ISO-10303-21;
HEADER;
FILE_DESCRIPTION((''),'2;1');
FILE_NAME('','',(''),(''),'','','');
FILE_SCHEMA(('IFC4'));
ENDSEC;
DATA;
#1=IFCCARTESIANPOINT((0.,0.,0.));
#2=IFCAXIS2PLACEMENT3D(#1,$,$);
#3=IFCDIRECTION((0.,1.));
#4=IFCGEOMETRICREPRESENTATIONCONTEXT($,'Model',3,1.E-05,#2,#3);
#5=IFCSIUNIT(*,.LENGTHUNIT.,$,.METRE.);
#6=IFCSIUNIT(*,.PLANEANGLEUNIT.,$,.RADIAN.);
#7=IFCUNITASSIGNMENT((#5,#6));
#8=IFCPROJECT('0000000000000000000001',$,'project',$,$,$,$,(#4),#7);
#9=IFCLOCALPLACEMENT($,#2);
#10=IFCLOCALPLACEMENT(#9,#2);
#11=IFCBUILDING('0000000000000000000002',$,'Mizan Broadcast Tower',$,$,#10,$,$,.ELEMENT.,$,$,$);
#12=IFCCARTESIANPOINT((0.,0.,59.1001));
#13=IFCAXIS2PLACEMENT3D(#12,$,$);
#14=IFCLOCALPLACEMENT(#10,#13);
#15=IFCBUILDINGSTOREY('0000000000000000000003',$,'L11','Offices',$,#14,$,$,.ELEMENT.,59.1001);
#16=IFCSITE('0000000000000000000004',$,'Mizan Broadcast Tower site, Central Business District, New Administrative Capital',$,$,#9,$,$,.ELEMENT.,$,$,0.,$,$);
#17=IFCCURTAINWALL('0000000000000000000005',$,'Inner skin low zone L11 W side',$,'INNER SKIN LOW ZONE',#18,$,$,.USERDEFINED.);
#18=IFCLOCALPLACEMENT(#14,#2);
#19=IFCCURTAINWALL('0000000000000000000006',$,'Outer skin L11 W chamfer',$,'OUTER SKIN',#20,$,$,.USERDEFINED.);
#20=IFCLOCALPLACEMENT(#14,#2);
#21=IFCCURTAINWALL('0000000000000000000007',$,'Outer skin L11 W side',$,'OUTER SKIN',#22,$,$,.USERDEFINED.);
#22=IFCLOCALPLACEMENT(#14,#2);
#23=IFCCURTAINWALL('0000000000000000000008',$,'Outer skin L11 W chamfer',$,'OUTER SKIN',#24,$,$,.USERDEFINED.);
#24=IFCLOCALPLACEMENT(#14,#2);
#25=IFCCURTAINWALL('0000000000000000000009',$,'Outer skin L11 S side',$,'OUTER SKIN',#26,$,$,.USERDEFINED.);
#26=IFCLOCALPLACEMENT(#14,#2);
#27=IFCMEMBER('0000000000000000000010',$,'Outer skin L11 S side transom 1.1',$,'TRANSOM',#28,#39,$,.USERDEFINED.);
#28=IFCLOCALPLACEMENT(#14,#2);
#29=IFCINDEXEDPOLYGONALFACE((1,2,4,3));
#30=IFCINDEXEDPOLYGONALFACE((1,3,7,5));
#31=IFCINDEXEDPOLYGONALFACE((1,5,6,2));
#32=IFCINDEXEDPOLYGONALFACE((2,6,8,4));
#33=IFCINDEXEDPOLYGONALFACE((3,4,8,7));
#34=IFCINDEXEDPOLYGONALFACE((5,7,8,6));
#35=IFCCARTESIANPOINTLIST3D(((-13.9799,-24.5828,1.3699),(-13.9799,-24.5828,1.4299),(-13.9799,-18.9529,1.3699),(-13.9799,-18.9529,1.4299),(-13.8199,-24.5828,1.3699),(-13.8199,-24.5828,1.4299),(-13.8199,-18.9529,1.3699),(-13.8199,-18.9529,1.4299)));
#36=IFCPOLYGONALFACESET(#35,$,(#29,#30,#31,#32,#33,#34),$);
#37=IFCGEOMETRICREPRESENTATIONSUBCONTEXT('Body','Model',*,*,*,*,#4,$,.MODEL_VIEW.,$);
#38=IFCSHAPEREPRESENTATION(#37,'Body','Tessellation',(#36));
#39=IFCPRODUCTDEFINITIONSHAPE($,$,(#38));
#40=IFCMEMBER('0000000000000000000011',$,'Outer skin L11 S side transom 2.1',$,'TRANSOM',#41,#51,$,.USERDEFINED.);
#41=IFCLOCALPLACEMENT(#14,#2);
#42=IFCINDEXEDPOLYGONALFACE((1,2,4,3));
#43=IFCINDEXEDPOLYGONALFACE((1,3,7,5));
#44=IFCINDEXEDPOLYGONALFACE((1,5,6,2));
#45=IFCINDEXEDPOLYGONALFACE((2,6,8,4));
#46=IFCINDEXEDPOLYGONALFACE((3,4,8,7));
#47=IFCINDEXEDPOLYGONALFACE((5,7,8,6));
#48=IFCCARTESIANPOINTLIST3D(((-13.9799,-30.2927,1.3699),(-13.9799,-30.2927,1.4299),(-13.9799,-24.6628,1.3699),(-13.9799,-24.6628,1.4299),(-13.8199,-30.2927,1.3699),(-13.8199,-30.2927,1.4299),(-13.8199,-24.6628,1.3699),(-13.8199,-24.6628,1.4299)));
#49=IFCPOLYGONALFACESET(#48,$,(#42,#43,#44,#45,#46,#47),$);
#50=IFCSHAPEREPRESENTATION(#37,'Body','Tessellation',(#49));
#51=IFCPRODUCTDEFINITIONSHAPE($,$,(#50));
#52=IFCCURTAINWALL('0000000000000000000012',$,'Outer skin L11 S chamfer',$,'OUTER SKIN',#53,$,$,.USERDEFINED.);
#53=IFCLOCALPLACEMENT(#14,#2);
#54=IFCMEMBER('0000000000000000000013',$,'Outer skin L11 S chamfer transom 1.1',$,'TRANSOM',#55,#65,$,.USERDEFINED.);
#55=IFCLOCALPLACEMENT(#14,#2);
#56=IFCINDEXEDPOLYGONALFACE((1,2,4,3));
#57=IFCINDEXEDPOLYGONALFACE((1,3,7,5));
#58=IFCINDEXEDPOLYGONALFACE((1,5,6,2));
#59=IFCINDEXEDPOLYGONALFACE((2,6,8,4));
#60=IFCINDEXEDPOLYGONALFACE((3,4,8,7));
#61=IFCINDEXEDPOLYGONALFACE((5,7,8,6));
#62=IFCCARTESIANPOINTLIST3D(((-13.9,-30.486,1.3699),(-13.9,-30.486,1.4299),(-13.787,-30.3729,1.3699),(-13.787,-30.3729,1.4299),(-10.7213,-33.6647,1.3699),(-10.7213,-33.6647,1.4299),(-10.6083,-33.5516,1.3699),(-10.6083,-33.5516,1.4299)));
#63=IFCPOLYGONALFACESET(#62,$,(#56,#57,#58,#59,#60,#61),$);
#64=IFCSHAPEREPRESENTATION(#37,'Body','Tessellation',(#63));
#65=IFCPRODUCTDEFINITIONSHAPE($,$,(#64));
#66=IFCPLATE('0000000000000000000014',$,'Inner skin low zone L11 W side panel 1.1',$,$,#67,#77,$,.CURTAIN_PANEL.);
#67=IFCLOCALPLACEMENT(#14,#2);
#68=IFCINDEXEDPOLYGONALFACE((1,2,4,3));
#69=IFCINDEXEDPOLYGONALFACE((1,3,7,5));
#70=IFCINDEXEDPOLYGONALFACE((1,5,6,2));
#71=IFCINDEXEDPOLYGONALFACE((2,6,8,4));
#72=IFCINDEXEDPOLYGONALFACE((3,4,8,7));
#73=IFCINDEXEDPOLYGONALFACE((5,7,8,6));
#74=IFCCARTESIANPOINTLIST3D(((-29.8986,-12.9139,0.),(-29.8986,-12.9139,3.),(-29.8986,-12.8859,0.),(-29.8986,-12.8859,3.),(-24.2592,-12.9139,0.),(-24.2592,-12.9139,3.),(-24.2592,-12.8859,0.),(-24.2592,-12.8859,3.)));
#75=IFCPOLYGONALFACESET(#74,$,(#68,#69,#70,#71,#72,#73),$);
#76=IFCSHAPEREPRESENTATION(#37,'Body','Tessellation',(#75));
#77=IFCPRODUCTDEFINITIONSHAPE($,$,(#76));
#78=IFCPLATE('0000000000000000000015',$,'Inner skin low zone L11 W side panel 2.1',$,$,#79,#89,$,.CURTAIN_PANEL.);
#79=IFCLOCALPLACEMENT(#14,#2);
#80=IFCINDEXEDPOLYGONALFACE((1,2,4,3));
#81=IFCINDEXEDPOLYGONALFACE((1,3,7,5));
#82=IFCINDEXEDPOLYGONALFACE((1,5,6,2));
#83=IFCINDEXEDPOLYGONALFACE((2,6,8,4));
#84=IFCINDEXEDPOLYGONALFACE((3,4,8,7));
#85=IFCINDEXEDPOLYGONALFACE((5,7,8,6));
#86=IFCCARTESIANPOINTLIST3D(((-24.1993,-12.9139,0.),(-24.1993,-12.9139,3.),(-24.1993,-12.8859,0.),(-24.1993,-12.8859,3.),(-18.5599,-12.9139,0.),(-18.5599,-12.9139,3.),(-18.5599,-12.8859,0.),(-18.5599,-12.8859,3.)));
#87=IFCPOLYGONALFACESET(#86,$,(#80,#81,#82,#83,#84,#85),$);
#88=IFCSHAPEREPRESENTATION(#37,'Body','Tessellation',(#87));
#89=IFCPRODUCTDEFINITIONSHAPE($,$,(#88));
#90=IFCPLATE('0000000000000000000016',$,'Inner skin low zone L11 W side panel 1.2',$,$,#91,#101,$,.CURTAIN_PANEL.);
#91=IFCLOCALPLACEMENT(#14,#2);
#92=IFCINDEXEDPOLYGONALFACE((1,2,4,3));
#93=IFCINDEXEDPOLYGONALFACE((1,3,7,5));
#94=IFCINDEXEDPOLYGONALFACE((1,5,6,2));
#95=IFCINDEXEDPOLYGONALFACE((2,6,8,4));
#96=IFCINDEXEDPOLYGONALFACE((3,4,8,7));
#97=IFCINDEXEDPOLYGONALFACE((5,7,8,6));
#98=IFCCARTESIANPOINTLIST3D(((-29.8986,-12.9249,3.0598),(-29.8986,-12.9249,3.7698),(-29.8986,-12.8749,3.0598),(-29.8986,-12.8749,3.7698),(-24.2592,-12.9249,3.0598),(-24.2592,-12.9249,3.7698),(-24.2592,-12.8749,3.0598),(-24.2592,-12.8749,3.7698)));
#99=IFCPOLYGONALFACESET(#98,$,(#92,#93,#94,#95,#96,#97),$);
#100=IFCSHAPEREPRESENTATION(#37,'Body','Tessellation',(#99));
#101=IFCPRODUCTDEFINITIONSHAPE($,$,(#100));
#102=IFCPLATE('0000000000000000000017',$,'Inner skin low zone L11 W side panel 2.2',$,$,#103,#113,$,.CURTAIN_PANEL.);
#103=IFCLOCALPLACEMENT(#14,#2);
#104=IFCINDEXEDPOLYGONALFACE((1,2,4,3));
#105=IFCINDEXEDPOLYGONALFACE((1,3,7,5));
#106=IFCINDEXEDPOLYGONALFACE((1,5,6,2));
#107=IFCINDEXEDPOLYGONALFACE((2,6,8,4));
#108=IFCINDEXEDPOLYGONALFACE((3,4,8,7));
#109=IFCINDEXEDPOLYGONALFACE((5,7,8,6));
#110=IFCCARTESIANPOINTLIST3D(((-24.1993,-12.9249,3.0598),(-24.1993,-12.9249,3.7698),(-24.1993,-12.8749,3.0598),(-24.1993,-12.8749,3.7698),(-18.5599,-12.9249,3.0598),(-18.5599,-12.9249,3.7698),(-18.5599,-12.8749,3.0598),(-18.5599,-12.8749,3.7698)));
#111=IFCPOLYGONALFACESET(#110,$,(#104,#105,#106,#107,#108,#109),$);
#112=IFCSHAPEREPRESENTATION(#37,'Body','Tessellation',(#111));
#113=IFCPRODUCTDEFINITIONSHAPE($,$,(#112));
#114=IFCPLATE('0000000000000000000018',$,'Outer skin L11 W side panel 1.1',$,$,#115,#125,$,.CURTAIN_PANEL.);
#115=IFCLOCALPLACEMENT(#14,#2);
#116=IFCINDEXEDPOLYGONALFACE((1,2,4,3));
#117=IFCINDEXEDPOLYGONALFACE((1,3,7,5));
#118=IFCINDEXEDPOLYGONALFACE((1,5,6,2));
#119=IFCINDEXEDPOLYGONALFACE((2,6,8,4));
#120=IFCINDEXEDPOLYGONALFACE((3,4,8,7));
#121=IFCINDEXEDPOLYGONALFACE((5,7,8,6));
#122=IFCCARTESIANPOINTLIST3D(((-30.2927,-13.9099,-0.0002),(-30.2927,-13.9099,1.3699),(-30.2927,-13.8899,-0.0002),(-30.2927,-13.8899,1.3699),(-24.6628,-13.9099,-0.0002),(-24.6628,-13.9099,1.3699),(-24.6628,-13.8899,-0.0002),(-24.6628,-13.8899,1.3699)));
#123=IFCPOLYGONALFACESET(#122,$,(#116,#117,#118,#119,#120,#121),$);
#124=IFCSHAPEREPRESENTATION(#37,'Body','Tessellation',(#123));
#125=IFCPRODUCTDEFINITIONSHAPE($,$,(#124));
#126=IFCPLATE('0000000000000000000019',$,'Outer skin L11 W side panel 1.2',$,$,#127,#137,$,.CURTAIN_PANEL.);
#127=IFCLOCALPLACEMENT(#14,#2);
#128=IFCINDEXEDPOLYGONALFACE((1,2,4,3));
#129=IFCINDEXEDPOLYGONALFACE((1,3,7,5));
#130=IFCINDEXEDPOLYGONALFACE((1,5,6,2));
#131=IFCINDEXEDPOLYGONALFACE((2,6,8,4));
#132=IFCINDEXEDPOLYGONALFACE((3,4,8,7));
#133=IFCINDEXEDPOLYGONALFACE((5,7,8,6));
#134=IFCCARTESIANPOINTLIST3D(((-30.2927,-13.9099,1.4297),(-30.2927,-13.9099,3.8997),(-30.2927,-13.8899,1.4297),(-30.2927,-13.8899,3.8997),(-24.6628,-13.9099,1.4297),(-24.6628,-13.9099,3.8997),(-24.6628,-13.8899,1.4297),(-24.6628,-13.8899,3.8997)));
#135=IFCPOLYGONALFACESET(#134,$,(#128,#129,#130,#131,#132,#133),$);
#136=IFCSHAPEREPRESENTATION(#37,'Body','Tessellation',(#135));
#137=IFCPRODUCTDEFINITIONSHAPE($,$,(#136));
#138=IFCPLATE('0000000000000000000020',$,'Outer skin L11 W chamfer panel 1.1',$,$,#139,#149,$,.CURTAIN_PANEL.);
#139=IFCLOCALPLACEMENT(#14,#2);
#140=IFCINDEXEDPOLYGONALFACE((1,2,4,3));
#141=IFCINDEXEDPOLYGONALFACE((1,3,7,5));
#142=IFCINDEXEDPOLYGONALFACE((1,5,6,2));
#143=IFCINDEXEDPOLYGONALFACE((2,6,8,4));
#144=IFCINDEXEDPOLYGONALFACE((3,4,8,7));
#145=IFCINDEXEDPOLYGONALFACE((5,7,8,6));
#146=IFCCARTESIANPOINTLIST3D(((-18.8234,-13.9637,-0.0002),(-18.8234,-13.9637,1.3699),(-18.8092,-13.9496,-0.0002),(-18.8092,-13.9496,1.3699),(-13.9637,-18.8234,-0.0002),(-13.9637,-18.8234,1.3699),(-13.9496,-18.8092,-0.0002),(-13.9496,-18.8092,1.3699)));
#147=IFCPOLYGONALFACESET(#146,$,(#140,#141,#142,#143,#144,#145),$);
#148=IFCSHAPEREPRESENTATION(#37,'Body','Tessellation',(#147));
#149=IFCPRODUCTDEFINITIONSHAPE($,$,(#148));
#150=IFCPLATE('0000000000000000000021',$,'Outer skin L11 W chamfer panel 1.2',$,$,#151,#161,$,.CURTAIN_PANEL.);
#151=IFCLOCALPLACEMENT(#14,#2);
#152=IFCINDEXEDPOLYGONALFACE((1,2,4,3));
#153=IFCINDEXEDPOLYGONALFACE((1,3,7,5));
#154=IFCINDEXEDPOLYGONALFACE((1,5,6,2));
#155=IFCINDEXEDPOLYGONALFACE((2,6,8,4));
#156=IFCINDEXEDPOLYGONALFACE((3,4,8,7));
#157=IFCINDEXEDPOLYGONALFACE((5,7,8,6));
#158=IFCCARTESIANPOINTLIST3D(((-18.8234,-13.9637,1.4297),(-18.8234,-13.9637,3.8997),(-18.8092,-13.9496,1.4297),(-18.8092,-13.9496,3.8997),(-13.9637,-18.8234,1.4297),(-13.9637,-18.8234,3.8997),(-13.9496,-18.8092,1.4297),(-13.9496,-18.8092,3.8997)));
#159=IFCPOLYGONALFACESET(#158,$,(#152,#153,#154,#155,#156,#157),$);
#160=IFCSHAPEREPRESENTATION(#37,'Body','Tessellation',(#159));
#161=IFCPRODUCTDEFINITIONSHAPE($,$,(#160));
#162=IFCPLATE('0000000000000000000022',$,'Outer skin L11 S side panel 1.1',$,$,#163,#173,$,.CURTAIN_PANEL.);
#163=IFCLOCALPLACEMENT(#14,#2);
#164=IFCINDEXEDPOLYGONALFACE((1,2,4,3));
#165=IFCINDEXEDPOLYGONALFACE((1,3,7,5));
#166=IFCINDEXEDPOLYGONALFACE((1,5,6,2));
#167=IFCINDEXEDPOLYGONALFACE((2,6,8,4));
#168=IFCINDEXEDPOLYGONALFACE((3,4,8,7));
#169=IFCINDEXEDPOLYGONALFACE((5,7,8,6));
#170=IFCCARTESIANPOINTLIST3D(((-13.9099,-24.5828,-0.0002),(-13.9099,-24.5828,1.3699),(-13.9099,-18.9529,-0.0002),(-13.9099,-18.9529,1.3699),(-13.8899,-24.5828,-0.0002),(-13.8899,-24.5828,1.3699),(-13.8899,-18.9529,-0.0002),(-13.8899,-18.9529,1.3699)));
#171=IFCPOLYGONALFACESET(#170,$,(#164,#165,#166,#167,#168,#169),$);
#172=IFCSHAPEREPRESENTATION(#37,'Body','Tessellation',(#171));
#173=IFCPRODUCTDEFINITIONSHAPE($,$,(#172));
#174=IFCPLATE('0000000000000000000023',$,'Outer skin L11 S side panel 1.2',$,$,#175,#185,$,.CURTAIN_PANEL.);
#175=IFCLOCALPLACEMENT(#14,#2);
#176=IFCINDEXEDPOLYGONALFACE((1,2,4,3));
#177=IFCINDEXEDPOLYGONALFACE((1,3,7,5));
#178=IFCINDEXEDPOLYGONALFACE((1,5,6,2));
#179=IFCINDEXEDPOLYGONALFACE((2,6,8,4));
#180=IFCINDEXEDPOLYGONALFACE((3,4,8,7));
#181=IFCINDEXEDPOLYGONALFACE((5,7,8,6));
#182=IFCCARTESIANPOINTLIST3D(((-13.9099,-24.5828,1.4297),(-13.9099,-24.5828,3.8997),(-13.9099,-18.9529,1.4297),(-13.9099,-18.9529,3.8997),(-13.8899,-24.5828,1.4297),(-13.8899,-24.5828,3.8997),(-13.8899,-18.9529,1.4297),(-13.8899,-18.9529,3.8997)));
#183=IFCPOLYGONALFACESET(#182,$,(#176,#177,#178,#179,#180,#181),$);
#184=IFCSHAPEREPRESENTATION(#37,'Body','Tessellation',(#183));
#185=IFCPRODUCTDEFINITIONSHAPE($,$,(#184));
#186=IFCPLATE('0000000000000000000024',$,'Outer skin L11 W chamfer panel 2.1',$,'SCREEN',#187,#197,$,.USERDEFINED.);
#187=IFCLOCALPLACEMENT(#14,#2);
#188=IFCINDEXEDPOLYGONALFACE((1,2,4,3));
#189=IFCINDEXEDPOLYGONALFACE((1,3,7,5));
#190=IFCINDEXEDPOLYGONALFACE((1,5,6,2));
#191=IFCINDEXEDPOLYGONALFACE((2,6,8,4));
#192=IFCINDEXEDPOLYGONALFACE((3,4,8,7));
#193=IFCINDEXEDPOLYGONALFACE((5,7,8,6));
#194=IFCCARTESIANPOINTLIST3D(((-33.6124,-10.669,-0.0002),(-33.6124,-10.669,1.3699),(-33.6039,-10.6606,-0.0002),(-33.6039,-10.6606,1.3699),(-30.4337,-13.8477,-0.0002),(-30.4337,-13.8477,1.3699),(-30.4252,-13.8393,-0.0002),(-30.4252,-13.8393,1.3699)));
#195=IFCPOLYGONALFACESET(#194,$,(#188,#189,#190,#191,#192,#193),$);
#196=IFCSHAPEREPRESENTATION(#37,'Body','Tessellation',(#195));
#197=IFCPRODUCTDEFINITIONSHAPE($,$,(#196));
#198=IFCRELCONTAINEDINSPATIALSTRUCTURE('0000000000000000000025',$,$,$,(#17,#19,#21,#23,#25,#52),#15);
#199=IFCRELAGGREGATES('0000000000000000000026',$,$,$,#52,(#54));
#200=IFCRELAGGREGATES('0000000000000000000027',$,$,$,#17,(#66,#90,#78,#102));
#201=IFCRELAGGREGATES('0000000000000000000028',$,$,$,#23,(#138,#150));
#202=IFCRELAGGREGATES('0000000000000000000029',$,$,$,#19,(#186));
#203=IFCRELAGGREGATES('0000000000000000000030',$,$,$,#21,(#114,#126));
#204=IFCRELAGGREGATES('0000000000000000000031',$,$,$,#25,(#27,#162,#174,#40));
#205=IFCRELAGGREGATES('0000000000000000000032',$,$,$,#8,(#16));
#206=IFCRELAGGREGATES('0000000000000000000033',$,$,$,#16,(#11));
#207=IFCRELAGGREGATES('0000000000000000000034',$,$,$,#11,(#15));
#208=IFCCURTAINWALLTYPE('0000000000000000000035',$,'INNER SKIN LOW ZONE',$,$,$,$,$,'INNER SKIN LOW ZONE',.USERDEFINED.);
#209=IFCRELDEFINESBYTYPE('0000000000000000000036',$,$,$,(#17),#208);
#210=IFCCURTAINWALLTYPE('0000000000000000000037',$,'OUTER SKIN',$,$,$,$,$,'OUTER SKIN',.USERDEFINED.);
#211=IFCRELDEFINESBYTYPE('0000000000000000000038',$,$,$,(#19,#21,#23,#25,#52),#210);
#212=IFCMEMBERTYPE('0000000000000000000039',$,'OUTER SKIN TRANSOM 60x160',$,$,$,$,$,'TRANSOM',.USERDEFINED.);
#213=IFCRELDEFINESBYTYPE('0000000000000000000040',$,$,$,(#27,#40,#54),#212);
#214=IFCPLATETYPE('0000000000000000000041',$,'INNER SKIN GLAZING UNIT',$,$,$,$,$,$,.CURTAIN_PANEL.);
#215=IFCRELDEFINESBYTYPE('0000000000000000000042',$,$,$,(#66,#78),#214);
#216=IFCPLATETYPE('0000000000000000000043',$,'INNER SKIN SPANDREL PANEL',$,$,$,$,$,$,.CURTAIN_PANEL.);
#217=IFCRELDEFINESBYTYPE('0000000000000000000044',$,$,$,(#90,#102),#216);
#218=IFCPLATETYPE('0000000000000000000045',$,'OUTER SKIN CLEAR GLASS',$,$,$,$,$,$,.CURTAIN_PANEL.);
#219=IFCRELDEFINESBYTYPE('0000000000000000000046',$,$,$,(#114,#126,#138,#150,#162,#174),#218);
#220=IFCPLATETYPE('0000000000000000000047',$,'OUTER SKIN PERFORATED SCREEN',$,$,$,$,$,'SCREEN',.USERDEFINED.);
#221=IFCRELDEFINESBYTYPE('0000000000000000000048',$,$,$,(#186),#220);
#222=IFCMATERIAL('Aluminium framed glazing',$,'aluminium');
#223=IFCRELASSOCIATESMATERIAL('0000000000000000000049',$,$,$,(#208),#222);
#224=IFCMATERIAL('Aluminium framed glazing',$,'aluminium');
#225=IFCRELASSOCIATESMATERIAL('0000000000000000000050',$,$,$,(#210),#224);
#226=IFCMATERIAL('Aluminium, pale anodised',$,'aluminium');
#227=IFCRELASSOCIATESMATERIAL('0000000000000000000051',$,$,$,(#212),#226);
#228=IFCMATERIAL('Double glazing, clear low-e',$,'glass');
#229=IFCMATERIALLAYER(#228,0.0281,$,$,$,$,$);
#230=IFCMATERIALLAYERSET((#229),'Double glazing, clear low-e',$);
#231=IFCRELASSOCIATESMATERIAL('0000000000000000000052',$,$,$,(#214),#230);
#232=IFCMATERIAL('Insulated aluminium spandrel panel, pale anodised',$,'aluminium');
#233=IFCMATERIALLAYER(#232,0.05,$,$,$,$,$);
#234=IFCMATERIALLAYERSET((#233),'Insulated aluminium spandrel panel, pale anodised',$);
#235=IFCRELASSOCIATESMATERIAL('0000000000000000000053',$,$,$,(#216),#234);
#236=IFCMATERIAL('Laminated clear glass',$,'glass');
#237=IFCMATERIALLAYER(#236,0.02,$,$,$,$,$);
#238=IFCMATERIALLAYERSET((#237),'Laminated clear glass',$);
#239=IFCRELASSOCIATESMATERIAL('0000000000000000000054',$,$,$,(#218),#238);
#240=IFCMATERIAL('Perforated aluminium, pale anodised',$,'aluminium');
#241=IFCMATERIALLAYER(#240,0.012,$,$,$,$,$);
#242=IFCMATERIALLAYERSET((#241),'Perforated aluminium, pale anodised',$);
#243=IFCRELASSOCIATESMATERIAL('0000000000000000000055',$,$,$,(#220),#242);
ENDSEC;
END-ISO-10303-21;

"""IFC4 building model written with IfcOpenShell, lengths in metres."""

from ifc_helpers import new_model, si_unit, direction, frame, origin, origin_2d, place, context, subcontext, project, spatial, rectangle, extrude, material, layer, layer_set, material_profile, profile_set, type_object, element, aggregate, save


model = new_model("IFC4")

# Units and contexts
model_context = context("Model", 3, precision=1e-05, world=origin(), true_north=direction((0.0, 1.0)))
body_context = subcontext(model_context, "Body", "Model", "MODEL_VIEW")
ifc_project = project(units=[si_unit("LENGTHUNIT", "METRE"), si_unit("PLANEANGLEUNIT", "RADIAN")], contexts=[model_context])

# Site, building, storey
site_placement = place(None, origin())
site = spatial("IfcSite", under=ifc_project, at=site_placement, Name="Mizan Broadcast Tower site, Central Business District, New Administrative Capital", CompositionType="ELEMENT", RefElevation=0.0)
building_placement = place(site_placement, origin())
building = spatial("IfcBuilding", under=site, at=building_placement, Name="Mizan Broadcast Tower", CompositionType="ELEMENT")
storey_placement = place(building_placement, frame((0.0, 0.0, 59.1001)))
storey = spatial("IfcBuildingStorey", under=building, at=storey_placement, Name="L11", Description="Offices", CompositionType="ELEMENT", Elevation=59.1001)

# Shared definitions
ifc_material_1 = material(Name="Aluminium framed glazing", Category="aluminium")
curtain_wall_type_1 = type_object("IfcCurtainWallType", Name="INNER SKIN LOW ZONE", ElementType="INNER SKIN LOW ZONE", PredefinedType="USERDEFINED", material=ifc_material_1)

# Curtain wall
curtain_wall_1_placement = place(storey_placement, origin())
curtain_wall_1 = element("IfcCurtainWall", 1, at=curtain_wall_1_placement, inside=storey, type_object=curtain_wall_type_1, Name="Inner skin low zone L11 W side", ObjectType="INNER SKIN LOW ZONE", PredefinedType="USERDEFINED")

# Curtain wall
ifc_material_2 = material(Name="Aluminium framed glazing", Category="aluminium")
curtain_wall_type_2 = type_object("IfcCurtainWallType", Name="OUTER SKIN", ElementType="OUTER SKIN", PredefinedType="USERDEFINED", material=ifc_material_2)
curtain_wall_2_placement = place(storey_placement, origin())
curtain_wall_2 = element("IfcCurtainWall", 2, at=curtain_wall_2_placement, inside=storey, type_object=curtain_wall_type_2, Name="Outer skin L11 W chamfer", ObjectType="OUTER SKIN", PredefinedType="USERDEFINED")

# Curtain wall
curtain_wall_3_placement = place(storey_placement, origin())
curtain_wall_3 = element("IfcCurtainWall", 3, at=curtain_wall_3_placement, inside=storey, type_object=curtain_wall_type_2, Name="Outer skin L11 W side", ObjectType="OUTER SKIN", PredefinedType="USERDEFINED")

# Curtain wall
curtain_wall_4_placement = place(storey_placement, origin())
curtain_wall_4 = element("IfcCurtainWall", 4, at=curtain_wall_4_placement, inside=storey, type_object=curtain_wall_type_2, Name="Outer skin L11 W chamfer", ObjectType="OUTER SKIN", PredefinedType="USERDEFINED")

# Curtain wall
curtain_wall_5_placement = place(storey_placement, origin())
curtain_wall_5 = element("IfcCurtainWall", 5, at=curtain_wall_5_placement, inside=storey, type_object=curtain_wall_type_2, Name="Outer skin L11 S side", ObjectType="OUTER SKIN", PredefinedType="USERDEFINED")

# Members
ifc_material_3 = material(Name="Aluminium, pale anodised", Category="aluminium")
ifc_material_profile_1 = material_profile(ifc_material_3, rectangle(XDim=0.1599, YDim=0.0601, at=origin_2d()), Name="TRANSOM 160x60")
ifc_profile_set_1 = profile_set([ifc_material_profile_1], Name="Aluminium, pale anodised")
member_type_1 = type_object("IfcMemberType", Name="OUTER SKIN TRANSOM 60x160", ElementType="TRANSOM", PredefinedType="USERDEFINED", material=ifc_profile_set_1)
member_1_placement = place(storey_placement, frame((-13.8999, -18.9529, 1.3999), z_axis=(0.0, -1.0, 0.0), x_axis=(1.0, 0.0, 0.0)))
member_1 = element("IfcMember", 6, at=member_1_placement, type_object=member_type_1, Name="Outer skin L11 S side transom 1.1", ObjectType="TRANSOM", PredefinedType="USERDEFINED", context=body_context, shape_type="SweptSolid", body=[
    extrude(rectangle(XDim=0.1599, YDim=0.0601, at=origin_2d()), origin(), (0.0, 0.0, 1.0), 5.6299),
])
member_2_placement = place(storey_placement, frame((-13.8999, -24.6628, 1.3999), z_axis=(0.0, -1.0, 0.0), x_axis=(1.0, 0.0, 0.0)))
member_2 = element("IfcMember", 7, at=member_2_placement, type_object=member_type_1, Name="Outer skin L11 S side transom 2.1", ObjectType="TRANSOM", PredefinedType="USERDEFINED", context=body_context, shape_type="SweptSolid", body=[
    extrude(rectangle(XDim=0.1599, YDim=0.0601, at=origin_2d()), origin(), (0.0, 0.0, 1.0), 5.6299),
])

# Curtain wall, member
curtain_wall_6_placement = place(storey_placement, origin())
curtain_wall_6 = element("IfcCurtainWall", 8, at=curtain_wall_6_placement, inside=storey, type_object=curtain_wall_type_2, Name="Outer skin L11 S chamfer", ObjectType="OUTER SKIN", PredefinedType="USERDEFINED")
member_3_placement = place(storey_placement, frame((-13.8435, -30.4294, 1.3999), z_axis=(0.707107, -0.707107, 0.0), x_axis=(0.707107, 0.707107, 0.0)))
member_3 = element("IfcMember", 9, at=member_3_placement, type_object=member_type_1, Name="Outer skin L11 S chamfer transom 1.1", ObjectType="TRANSOM", PredefinedType="USERDEFINED", context=body_context, shape_type="SweptSolid", body=[
    extrude(rectangle(XDim=0.1599, YDim=0.0601, at=origin_2d()), origin(), (0.0, 0.0, 1.0), 4.4954),
])
aggregate(curtain_wall_6, [member_3])

# Plates
ifc_material_4 = material(Name="Double glazing, clear low-e", Category="glass")
ifc_layer_1 = layer(ifc_material_4, 0.0281)
ifc_layer_set_1 = layer_set([ifc_layer_1], Name="Double glazing, clear low-e")
plate_type_1 = type_object("IfcPlateType", Name="INNER SKIN GLAZING UNIT", PredefinedType="CURTAIN_PANEL", material=ifc_layer_set_1)
plate_1_placement = place(storey_placement, frame((-27.0789, -12.8999, 0.0), z_axis=(0.0, 0.0, 1.0), x_axis=(1.0, 0.0, 0.0)))
plate_1 = element("IfcPlate", 10, at=plate_1_placement, type_object=plate_type_1, Name="Inner skin low zone L11 W side panel 1.1", PredefinedType="CURTAIN_PANEL", context=body_context, shape_type="SweptSolid", body=[
    extrude(rectangle(XDim=5.6394, YDim=0.0281, at=origin_2d()), origin(), (0.0, 0.0, 1.0), 3.0),
])
plate_2_placement = place(storey_placement, frame((-21.3796, -12.8999, 0.0), z_axis=(0.0, 0.0, 1.0), x_axis=(1.0, 0.0, 0.0)))
plate_2 = element("IfcPlate", 11, at=plate_2_placement, type_object=plate_type_1, Name="Inner skin low zone L11 W side panel 2.1", PredefinedType="CURTAIN_PANEL", context=body_context, shape_type="SweptSolid", body=[
    extrude(rectangle(XDim=5.6394, YDim=0.0281, at=origin_2d()), origin(), (0.0, 0.0, 1.0), 3.0),
])
ifc_material_5 = material(Name="Insulated aluminium spandrel panel, pale anodised", Category="aluminium")
ifc_layer_2 = layer(ifc_material_5, 0.05)
ifc_layer_set_2 = layer_set([ifc_layer_2], Name="Insulated aluminium spandrel panel, pale anodised")
plate_type_2 = type_object("IfcPlateType", Name="INNER SKIN SPANDREL PANEL", PredefinedType="CURTAIN_PANEL", material=ifc_layer_set_2)
plate_3_placement = place(storey_placement, frame((-27.0789, -12.8999, 3.0598), z_axis=(0.0, 0.0, 1.0), x_axis=(1.0, 0.0, 0.0)))
plate_3 = element("IfcPlate", 12, at=plate_3_placement, type_object=plate_type_2, Name="Inner skin low zone L11 W side panel 1.2", PredefinedType="CURTAIN_PANEL", context=body_context, shape_type="SweptSolid", body=[
    extrude(rectangle(XDim=5.6394, YDim=0.05, at=origin_2d()), origin(), (0.0, 0.0, 1.0), 0.71),
])
plate_4_placement = place(storey_placement, frame((-21.3796, -12.8999, 3.0598), z_axis=(0.0, 0.0, 1.0), x_axis=(1.0, 0.0, 0.0)))
plate_4 = element("IfcPlate", 13, at=plate_4_placement, type_object=plate_type_2, Name="Inner skin low zone L11 W side panel 2.2", PredefinedType="CURTAIN_PANEL", context=body_context, shape_type="SweptSolid", body=[
    extrude(rectangle(XDim=5.6394, YDim=0.05, at=origin_2d()), origin(), (0.0, 0.0, 1.0), 0.71),
])
aggregate(curtain_wall_1, [plate_1, plate_3, plate_2, plate_4])
ifc_material_6 = material(Name="Laminated clear glass", Category="glass")
ifc_layer_3 = layer(ifc_material_6, 0.02)
ifc_layer_set_3 = layer_set([ifc_layer_3], Name="Laminated clear glass")
plate_type_3 = type_object("IfcPlateType", Name="OUTER SKIN CLEAR GLASS", PredefinedType="CURTAIN_PANEL", material=ifc_layer_set_3)
plate_5_placement = place(storey_placement, frame((-27.4778, -13.8999, -0.0002), z_axis=(0.0, 0.0, 1.0), x_axis=(1.0, 0.0, 0.0)))
plate_5 = element("IfcPlate", 14, at=plate_5_placement, type_object=plate_type_3, Name="Outer skin L11 W side panel 1.1", PredefinedType="CURTAIN_PANEL", context=body_context, shape_type="SweptSolid", body=[
    extrude(rectangle(XDim=5.6299, YDim=0.02, at=origin_2d()), origin(), (0.0, 0.0, 1.0), 1.3701),
])
plate_6_placement = place(storey_placement, frame((-27.4778, -13.8999, 1.4297), z_axis=(0.0, 0.0, 1.0), x_axis=(1.0, 0.0, 0.0)))
plate_6 = element("IfcPlate", 15, at=plate_6_placement, type_object=plate_type_3, Name="Outer skin L11 W side panel 1.2", PredefinedType="CURTAIN_PANEL", context=body_context, shape_type="SweptSolid", body=[
    extrude(rectangle(XDim=5.6299, YDim=0.02, at=origin_2d()), origin(), (0.0, 0.0, 1.0), 2.47),
])
plate_7_placement = place(storey_placement, frame((-16.3865, -16.3865, -0.0002), z_axis=(0.0, 0.0, 1.0), x_axis=(0.707107, -0.707107, 0.0)))
plate_7 = element("IfcPlate", 16, at=plate_7_placement, type_object=plate_type_3, Name="Outer skin L11 W chamfer panel 1.1", PredefinedType="CURTAIN_PANEL", context=body_context, shape_type="SweptSolid", body=[
    extrude(rectangle(XDim=6.8726, YDim=0.02, at=origin_2d()), origin(), (0.0, 0.0, 1.0), 1.3701),
])
plate_8_placement = place(storey_placement, frame((-16.3865, -16.3865, 1.4297), z_axis=(0.0, 0.0, 1.0), x_axis=(0.707107, -0.707107, 0.0)))
plate_8 = element("IfcPlate", 17, at=plate_8_placement, type_object=plate_type_3, Name="Outer skin L11 W chamfer panel 1.2", PredefinedType="CURTAIN_PANEL", context=body_context, shape_type="SweptSolid", body=[
    extrude(rectangle(XDim=6.8726, YDim=0.02, at=origin_2d()), origin(), (0.0, 0.0, 1.0), 2.47),
])
aggregate(curtain_wall_4, [plate_7, plate_8])
plate_9_placement = place(storey_placement, frame((-13.8999, -21.7678, -0.0002), z_axis=(0.0, 0.0, 1.0), x_axis=(0.0, -1.0, 0.0)))
plate_9 = element("IfcPlate", 18, at=plate_9_placement, type_object=plate_type_3, Name="Outer skin L11 S side panel 1.1", PredefinedType="CURTAIN_PANEL", context=body_context, shape_type="SweptSolid", body=[
    extrude(rectangle(XDim=5.6299, YDim=0.02, at=origin_2d()), origin(), (0.0, 0.0, 1.0), 1.3701),
])
plate_10_placement = place(storey_placement, frame((-13.8999, -21.7678, 1.4297), z_axis=(0.0, 0.0, 1.0), x_axis=(0.0, -1.0, 0.0)))
plate_10 = element("IfcPlate", 19, at=plate_10_placement, type_object=plate_type_3, Name="Outer skin L11 S side panel 1.2", PredefinedType="CURTAIN_PANEL", context=body_context, shape_type="SweptSolid", body=[
    extrude(rectangle(XDim=5.6299, YDim=0.02, at=origin_2d()), origin(), (0.0, 0.0, 1.0), 2.47),
])
ifc_material_7 = material(Name="Perforated aluminium, pale anodised", Category="aluminium")
ifc_layer_4 = layer(ifc_material_7, 0.012)
ifc_layer_set_4 = layer_set([ifc_layer_4], Name="Perforated aluminium, pale anodised")
plate_type_4 = type_object("IfcPlateType", Name="OUTER SKIN PERFORATED SCREEN", ElementType="SCREEN", PredefinedType="USERDEFINED", material=ifc_layer_set_4)
plate_11_placement = place(storey_placement, frame((-32.0188, -12.2542, -0.0002), z_axis=(0.0, 0.0, 1.0), x_axis=(0.707107, -0.707107, 0.0)))
plate_11 = element("IfcPlate", 20, at=plate_11_placement, type_object=plate_type_4, Name="Outer skin L11 W chamfer panel 2.1", ObjectType="SCREEN", PredefinedType="USERDEFINED", context=body_context, shape_type="SweptSolid", body=[
    extrude(rectangle(XDim=4.4954, YDim=0.012, at=origin_2d()), origin(), (0.0, 0.0, 1.0), 1.3701),
])
aggregate(curtain_wall_2, [plate_11])
aggregate(curtain_wall_3, [plate_5, plate_6])
aggregate(curtain_wall_5, [member_1, plate_9, plate_10, member_2])

save(model, "model.ifc")
